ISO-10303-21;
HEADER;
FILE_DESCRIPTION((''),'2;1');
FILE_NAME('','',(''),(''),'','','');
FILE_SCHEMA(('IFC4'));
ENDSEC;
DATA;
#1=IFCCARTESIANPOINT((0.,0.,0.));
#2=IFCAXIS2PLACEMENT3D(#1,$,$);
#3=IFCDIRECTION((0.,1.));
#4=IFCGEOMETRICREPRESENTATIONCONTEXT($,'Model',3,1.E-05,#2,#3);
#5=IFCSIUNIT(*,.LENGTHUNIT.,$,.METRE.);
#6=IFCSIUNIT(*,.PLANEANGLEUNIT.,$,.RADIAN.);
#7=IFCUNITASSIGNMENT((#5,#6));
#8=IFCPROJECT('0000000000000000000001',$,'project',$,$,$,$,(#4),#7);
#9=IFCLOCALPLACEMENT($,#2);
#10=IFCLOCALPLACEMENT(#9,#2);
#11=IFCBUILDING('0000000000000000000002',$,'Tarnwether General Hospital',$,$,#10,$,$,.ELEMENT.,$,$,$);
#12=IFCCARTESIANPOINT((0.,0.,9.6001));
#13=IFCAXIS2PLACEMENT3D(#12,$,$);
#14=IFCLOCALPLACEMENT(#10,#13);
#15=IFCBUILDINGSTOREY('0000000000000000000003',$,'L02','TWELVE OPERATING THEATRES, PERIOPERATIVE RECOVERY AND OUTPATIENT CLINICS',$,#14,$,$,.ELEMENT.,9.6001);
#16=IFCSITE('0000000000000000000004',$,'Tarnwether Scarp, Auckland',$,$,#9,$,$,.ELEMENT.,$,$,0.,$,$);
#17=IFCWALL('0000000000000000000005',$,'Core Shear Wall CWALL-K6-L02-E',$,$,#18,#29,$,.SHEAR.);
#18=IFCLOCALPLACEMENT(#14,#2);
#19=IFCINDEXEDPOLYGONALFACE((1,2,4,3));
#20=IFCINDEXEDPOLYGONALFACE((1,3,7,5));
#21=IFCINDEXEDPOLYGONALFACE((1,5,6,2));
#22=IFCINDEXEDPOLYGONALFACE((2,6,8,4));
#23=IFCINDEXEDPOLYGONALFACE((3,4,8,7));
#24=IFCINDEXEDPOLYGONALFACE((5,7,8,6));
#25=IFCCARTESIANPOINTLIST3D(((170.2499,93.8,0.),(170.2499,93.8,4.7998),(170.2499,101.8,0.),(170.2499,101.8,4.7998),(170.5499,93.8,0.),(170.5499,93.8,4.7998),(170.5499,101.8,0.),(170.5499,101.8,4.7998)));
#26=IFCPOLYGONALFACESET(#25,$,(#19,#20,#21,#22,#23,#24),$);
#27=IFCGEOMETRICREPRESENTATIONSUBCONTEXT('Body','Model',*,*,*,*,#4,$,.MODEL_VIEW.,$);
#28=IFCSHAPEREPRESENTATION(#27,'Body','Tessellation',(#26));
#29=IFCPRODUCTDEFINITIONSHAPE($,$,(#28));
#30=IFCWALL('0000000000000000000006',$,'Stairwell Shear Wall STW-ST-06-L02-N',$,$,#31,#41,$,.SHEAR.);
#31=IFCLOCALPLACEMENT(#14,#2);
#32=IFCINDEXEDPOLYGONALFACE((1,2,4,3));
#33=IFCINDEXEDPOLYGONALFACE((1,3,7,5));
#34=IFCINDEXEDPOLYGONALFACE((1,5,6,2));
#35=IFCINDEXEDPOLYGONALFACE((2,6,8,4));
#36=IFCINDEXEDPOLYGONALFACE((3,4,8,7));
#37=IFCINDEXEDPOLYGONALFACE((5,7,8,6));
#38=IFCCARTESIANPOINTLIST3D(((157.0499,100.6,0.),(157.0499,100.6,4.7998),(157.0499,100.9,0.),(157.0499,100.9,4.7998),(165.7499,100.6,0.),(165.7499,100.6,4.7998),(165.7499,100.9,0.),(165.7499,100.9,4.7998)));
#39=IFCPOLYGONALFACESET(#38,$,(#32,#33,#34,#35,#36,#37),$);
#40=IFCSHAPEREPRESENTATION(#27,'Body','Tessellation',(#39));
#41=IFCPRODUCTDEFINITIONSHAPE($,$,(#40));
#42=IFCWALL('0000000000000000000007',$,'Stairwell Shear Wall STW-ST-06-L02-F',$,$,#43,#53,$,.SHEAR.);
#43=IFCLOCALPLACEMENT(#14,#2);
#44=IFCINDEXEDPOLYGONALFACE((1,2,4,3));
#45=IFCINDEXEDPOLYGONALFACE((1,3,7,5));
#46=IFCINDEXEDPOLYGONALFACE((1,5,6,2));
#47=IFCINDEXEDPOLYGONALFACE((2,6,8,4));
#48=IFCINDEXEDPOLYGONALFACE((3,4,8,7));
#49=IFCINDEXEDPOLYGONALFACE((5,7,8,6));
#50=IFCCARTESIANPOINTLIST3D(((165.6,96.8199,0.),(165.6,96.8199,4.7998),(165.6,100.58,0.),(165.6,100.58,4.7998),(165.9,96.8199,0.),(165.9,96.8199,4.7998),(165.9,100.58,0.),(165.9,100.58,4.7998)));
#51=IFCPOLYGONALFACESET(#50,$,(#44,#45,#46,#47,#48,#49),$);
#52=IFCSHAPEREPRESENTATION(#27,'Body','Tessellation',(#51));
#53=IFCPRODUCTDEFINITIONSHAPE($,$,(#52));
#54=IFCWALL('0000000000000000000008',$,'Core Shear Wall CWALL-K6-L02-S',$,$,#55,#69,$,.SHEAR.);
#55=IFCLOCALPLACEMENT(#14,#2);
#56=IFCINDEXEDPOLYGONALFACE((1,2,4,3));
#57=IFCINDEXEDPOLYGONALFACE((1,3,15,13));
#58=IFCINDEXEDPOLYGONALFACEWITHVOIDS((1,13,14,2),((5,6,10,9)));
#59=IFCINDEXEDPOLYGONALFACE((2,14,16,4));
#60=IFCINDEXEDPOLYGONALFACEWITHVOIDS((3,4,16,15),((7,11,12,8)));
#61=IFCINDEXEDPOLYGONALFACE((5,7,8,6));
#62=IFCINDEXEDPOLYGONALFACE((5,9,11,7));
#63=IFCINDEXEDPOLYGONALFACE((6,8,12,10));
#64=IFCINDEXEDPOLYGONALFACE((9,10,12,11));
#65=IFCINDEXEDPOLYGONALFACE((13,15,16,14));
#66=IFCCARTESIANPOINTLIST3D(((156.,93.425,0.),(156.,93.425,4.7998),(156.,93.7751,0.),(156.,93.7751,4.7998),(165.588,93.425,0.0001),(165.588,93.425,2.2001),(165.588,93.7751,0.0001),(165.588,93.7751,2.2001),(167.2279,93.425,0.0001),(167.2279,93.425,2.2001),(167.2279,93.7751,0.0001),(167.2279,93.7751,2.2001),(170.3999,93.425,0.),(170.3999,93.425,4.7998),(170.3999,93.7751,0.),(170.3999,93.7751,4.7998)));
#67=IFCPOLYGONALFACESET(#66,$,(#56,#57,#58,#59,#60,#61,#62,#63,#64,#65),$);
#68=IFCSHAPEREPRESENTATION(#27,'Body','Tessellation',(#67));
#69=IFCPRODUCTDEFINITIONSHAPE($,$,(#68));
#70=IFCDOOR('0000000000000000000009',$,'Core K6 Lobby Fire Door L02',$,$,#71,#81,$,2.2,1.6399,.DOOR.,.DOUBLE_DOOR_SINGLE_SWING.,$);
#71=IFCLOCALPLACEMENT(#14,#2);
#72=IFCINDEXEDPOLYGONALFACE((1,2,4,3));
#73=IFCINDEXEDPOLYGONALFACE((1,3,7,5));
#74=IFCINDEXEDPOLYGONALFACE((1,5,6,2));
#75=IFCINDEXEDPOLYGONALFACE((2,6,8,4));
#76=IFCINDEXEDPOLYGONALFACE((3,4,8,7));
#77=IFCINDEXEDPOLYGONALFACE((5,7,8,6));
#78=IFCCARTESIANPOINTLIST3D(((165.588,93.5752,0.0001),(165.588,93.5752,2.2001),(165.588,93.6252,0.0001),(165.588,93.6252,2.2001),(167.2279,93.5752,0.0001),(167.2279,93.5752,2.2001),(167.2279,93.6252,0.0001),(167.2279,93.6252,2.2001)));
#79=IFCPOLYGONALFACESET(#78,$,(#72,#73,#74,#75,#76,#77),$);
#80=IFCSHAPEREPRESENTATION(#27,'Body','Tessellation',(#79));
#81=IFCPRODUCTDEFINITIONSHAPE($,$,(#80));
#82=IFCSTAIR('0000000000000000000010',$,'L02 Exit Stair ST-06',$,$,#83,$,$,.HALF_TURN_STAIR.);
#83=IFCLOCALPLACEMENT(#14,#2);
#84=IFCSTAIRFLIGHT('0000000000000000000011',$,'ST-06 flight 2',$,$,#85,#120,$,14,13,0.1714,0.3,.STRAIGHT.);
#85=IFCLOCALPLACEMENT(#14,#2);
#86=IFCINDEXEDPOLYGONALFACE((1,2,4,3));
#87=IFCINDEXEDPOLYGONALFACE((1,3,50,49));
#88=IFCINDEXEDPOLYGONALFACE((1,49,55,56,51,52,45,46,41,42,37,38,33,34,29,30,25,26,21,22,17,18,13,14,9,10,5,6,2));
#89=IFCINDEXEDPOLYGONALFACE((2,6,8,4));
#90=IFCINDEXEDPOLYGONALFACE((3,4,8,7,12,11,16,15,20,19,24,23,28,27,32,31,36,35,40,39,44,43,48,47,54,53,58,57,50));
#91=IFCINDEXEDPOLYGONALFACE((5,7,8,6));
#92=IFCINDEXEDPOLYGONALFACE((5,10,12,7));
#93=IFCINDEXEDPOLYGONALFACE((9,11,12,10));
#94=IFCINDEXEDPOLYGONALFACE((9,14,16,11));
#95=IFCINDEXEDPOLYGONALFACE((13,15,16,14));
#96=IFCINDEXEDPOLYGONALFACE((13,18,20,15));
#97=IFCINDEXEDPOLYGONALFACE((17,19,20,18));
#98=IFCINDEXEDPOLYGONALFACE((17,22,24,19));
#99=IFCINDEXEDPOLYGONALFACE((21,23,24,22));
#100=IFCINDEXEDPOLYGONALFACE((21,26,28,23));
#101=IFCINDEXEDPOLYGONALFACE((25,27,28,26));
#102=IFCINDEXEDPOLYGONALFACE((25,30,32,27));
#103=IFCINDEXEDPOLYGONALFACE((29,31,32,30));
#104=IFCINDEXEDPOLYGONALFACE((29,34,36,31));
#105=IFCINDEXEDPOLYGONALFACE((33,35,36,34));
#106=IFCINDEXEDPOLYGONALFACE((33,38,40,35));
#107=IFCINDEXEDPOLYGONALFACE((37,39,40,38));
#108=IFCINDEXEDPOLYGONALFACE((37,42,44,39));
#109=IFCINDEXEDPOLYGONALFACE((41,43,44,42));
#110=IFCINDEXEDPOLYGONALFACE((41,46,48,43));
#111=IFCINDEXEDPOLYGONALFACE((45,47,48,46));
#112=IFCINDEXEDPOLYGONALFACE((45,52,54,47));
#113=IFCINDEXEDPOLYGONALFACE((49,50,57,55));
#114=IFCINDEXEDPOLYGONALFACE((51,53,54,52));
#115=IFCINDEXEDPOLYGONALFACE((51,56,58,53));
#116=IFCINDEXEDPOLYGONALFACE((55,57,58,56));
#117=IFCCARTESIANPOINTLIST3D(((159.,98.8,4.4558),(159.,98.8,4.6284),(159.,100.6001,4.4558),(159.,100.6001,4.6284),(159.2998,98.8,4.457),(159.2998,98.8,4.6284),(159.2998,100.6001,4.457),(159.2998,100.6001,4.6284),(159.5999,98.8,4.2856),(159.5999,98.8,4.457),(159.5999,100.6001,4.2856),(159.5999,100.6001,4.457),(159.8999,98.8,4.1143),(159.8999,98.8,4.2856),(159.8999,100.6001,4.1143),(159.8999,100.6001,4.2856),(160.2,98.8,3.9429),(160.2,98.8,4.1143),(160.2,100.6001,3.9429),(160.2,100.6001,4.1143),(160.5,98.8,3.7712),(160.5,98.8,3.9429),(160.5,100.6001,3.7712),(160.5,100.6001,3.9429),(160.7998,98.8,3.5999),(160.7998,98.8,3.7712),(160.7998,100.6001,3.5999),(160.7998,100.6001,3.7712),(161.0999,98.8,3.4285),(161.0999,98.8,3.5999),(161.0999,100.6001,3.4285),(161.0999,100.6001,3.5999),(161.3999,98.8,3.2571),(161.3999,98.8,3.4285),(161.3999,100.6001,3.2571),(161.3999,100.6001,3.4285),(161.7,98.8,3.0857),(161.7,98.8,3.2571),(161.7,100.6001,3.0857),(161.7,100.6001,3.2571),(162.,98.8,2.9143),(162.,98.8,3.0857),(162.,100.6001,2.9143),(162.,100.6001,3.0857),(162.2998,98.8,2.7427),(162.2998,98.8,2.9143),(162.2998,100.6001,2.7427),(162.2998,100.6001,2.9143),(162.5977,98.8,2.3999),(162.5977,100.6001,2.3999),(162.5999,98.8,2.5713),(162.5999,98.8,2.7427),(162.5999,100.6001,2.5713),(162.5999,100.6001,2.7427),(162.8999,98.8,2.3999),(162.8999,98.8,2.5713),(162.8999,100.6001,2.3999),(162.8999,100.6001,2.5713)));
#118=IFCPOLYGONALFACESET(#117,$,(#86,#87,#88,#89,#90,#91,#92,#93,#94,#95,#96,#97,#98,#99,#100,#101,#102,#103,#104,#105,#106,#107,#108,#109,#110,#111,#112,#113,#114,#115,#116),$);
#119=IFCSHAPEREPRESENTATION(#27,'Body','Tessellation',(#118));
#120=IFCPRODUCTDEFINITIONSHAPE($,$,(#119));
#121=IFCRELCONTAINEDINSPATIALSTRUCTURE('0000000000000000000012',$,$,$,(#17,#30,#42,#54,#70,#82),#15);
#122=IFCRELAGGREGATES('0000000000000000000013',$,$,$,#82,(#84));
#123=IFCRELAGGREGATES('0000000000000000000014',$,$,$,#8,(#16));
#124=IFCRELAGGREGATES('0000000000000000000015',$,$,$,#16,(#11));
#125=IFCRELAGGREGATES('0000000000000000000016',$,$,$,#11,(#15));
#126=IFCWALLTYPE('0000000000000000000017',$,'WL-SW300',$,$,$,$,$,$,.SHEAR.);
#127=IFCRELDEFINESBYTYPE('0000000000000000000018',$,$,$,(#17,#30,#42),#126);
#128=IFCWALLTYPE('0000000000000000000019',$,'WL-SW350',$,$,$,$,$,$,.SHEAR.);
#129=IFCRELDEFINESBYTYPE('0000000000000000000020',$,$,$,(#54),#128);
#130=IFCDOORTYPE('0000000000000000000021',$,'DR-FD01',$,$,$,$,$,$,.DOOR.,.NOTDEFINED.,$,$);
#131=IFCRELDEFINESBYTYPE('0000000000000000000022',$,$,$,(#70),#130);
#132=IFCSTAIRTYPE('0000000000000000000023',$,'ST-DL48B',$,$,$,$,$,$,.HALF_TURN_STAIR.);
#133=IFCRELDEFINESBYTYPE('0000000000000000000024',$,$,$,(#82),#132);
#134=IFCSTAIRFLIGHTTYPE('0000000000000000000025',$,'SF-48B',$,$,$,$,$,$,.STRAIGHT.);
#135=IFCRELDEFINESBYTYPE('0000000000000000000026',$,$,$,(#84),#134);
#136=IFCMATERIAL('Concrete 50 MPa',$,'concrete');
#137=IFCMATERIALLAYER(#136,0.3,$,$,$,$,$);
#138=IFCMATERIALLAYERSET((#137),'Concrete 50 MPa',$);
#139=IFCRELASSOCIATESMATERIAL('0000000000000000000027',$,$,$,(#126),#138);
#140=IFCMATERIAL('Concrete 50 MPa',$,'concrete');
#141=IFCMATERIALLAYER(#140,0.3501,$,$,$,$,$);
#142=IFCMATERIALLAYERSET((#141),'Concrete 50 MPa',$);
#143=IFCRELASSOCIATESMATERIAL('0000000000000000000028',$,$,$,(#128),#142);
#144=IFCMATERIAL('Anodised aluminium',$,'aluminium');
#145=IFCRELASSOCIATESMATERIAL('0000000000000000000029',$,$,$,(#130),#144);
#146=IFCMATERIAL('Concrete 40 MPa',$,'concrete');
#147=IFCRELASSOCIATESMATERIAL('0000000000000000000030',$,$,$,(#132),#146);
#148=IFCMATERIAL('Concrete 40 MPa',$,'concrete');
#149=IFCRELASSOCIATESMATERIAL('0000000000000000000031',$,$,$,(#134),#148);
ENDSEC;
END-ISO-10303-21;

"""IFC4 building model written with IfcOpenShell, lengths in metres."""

from ifc_helpers import new_model, si_unit, direction, frame, frame_2d, origin, place, context, subcontext, project, spatial, polyline, rectangle, outline, extrude, material, layer, layer_set, type_object, element, fill, aggregate, save


model = new_model("IFC4")

# Units and contexts
model_context = context("Model", 3, precision=1e-05, world=origin(), true_north=direction((0.0, 1.0)))
body_context = subcontext(model_context, "Body", "Model", "MODEL_VIEW")
ifc_project = project(units=[si_unit("LENGTHUNIT", "METRE"), si_unit("PLANEANGLEUNIT", "RADIAN")], contexts=[model_context])

# Site, building, storey
site_placement = place(None, origin())
site = spatial("IfcSite", under=ifc_project, at=site_placement, Name="Tarnwether Scarp, Auckland", CompositionType="ELEMENT", RefElevation=0.0)
building_placement = place(site_placement, origin())
building = spatial("IfcBuilding", under=site, at=building_placement, Name="Tarnwether General Hospital", CompositionType="ELEMENT")
storey_placement = place(building_placement, frame((0.0, 0.0, 9.6001)))
storey = spatial("IfcBuildingStorey", under=building, at=storey_placement, Name="L02", Description="TWELVE OPERATING THEATRES, PERIOPERATIVE RECOVERY AND OUTPATIENT CLINICS", CompositionType="ELEMENT", Elevation=9.6001)

# Walls
ifc_material_1 = material(Name="Concrete 50 MPa", Category="concrete")
ifc_layer_1 = layer(ifc_material_1, 0.3)
ifc_layer_set_1 = layer_set([ifc_layer_1], Name="Concrete 50 MPa")
wall_type_1 = type_object("IfcWallType", Name="WL-SW300", PredefinedType="SHEAR", material=ifc_layer_set_1)
wall_1_placement = place(storey_placement, frame((170.3999, 101.8, 0.0), z_axis=(0.0, 0.0, 1.0), x_axis=(0.0, -1.0, 0.0)))
element("IfcWall", 1, at=wall_1_placement, inside=storey, type_object=wall_type_1, Name="Core Shear Wall CWALL-K6-L02-E", PredefinedType="SHEAR", context=body_context, shape_type="SweptSolid", body=[
    extrude(rectangle(XDim=8.0, YDim=0.3, at=frame_2d((4.0, 0.0))), origin(), (0.0, 0.0, 1.0), 4.7998),
])
wall_2_placement = place(storey_placement, frame((165.75, 100.75, 0.0), z_axis=(0.0, 0.0, 1.0), x_axis=(-1.0, 0.0, 0.0)))
element("IfcWall", 2, at=wall_2_placement, inside=storey, type_object=wall_type_1, Name="Stairwell Shear Wall STW-ST-06-L02-N", PredefinedType="SHEAR", context=body_context, shape_type="SweptSolid", body=[
    extrude(rectangle(XDim=8.7, YDim=0.3, at=frame_2d((4.3501, 0.0))), origin(), (0.0, 0.0, 1.0), 4.7998),
])
wall_3_placement = place(storey_placement, frame((165.75, 96.8201, 0.0), z_axis=(0.0, 0.0, 1.0), x_axis=(0.0, 1.0, 0.0)))
element("IfcWall", 3, at=wall_3_placement, inside=storey, type_object=wall_type_1, Name="Stairwell Shear Wall STW-ST-06-L02-F", PredefinedType="SHEAR", context=body_context, shape_type="SweptSolid", body=[
    extrude(rectangle(XDim=3.76, YDim=0.3, at=frame_2d((1.8799, 0.0))), origin(), (0.0, 0.0, 1.0), 4.7998),
])

# Wall, opening, door
ifc_material_2 = material(Name="Concrete 50 MPa", Category="concrete")
ifc_layer_2 = layer(ifc_material_2, 0.3501)
ifc_layer_set_2 = layer_set([ifc_layer_2], Name="Concrete 50 MPa")
wall_type_2 = type_object("IfcWallType", Name="WL-SW350", PredefinedType="SHEAR", material=ifc_layer_set_2)
wall_4_placement = place(storey_placement, frame((170.3999, 93.6001, 0.0), z_axis=(0.0, 0.0, 1.0), x_axis=(-1.0, 0.0, 0.0)))
wall_4 = element("IfcWall", 4, at=wall_4_placement, inside=storey, type_object=wall_type_2, Name="Core Shear Wall CWALL-K6-L02-S", PredefinedType="SHEAR", context=body_context, shape_type="SweptSolid", body=[
    extrude(rectangle(XDim=14.3999, YDim=0.3501, at=frame_2d((7.2, 0.0))), origin(), (0.0, 0.0, 1.0), 4.7998),
])
opening_1_placement = place(wall_4_placement, frame((3.1721, 0.0, 0.0)))
opening_1 = element("IfcOpeningElement", 5, at=opening_1_placement, cuts=wall_4, PredefinedType="OPENING", context=body_context, shape_type="SweptSolid", body=[
    extrude(rectangle(XDim=1.6399, YDim=2.2, at=frame_2d((0.8198, 1.1001))), frame((0.0, 0.1851, 0.0), z_axis=(0.0, -1.0, 0.0), x_axis=(1.0, 0.0, 0.0)), (0.0, 0.0, 1.0), 0.3701),
])
ifc_material_3 = material(Name="Anodised aluminium", Category="aluminium")
door_type_1 = type_object("IfcDoorType", Name="DR-FD01", OperationType="NOTDEFINED", PredefinedType="DOOR", material=ifc_material_3)
door_1_placement = place(opening_1_placement, origin())
door_1 = element("IfcDoor", 6, at=door_1_placement, inside=storey, type_object=door_type_1, Name="Core K6 Lobby Fire Door L02", OperationType="DOUBLE_DOOR_SINGLE_SWING", OverallHeight=2.2, OverallWidth=1.6399, PredefinedType="DOOR", context=body_context, shape_type="SweptSolid", body=[
    extrude(rectangle(XDim=1.6399, YDim=2.2, at=frame_2d((0.8198, 1.1001))), frame((0.0, 0.0249, 0.0), z_axis=(0.0, -1.0, 0.0), x_axis=(1.0, 0.0, 0.0)), (0.0, 0.0, 1.0), 0.05),
])
fill(opening_1, door_1)

# Stair, stair flight
ifc_material_4 = material(Name="Concrete 40 MPa", Category="concrete")
stair_type = type_object("IfcStairType", Name="ST-DL48B", PredefinedType="HALF_TURN_STAIR", material=ifc_material_4)
stair_placement = place(storey_placement, origin())
stair = element("IfcStair", 7, at=stair_placement, inside=storey, type_object=stair_type, Name="L02 Exit Stair ST-06", PredefinedType="HALF_TURN_STAIR")
ifc_material_5 = material(Name="Concrete 40 MPa", Category="concrete")
stair_flight_type = type_object("IfcStairFlightType", Name="SF-48B", PredefinedType="STRAIGHT", material=ifc_material_5)
stair_flight_placement = place(storey_placement, frame((162.8999, 99.7, 2.3999), z_axis=(0.0, 0.0, 1.0), x_axis=(-1.0, 0.0, 0.0)))
stair_flight = element("IfcStairFlight", 8, at=stair_flight_placement, type_object=stair_flight_type, Name="ST-06 flight 2", NumberOfRisers=14, NumberOfTreads=13, PredefinedType="STRAIGHT", RiserHeight=0.1714, TreadLength=0.3, context=body_context, shape_type="SweptSolid", body=[
    extrude(outline(polyline([(0.0, 0.0), (0.0, 0.1714), (0.3, 0.1714), (0.3, 0.3428), (0.6001, 0.3428), (0.6001, 0.5144), (0.8999, 0.5144), (0.8999, 0.6858), (1.2, 0.6858), (1.2, 0.8572), (1.5, 0.8572), (1.5, 1.0286), (1.8, 1.0286), (1.8, 1.2), (2.1001, 1.2), (2.1001, 1.3713), (2.3999, 1.3713), (2.3999, 1.543), (2.7, 1.543), (2.7, 1.7144), (3.0, 1.7144), (3.0, 1.8857), (3.3, 1.8857), (3.3, 2.0571), (3.6001, 2.0571), (3.6001, 2.2285), (3.8999, 2.2285), (3.8999, 2.3999), (3.8999, 2.0559), (0.3022, 0.0), (0.0, 0.0)])), frame((0.0, 0.8999, 0.0), z_axis=(0.0, -1.0, 0.0), x_axis=(1.0, 0.0, 0.0)), (0.0, 0.0, 1.0), 1.8),
])
aggregate(stair, [stair_flight])

save(model, "model.ifc")
